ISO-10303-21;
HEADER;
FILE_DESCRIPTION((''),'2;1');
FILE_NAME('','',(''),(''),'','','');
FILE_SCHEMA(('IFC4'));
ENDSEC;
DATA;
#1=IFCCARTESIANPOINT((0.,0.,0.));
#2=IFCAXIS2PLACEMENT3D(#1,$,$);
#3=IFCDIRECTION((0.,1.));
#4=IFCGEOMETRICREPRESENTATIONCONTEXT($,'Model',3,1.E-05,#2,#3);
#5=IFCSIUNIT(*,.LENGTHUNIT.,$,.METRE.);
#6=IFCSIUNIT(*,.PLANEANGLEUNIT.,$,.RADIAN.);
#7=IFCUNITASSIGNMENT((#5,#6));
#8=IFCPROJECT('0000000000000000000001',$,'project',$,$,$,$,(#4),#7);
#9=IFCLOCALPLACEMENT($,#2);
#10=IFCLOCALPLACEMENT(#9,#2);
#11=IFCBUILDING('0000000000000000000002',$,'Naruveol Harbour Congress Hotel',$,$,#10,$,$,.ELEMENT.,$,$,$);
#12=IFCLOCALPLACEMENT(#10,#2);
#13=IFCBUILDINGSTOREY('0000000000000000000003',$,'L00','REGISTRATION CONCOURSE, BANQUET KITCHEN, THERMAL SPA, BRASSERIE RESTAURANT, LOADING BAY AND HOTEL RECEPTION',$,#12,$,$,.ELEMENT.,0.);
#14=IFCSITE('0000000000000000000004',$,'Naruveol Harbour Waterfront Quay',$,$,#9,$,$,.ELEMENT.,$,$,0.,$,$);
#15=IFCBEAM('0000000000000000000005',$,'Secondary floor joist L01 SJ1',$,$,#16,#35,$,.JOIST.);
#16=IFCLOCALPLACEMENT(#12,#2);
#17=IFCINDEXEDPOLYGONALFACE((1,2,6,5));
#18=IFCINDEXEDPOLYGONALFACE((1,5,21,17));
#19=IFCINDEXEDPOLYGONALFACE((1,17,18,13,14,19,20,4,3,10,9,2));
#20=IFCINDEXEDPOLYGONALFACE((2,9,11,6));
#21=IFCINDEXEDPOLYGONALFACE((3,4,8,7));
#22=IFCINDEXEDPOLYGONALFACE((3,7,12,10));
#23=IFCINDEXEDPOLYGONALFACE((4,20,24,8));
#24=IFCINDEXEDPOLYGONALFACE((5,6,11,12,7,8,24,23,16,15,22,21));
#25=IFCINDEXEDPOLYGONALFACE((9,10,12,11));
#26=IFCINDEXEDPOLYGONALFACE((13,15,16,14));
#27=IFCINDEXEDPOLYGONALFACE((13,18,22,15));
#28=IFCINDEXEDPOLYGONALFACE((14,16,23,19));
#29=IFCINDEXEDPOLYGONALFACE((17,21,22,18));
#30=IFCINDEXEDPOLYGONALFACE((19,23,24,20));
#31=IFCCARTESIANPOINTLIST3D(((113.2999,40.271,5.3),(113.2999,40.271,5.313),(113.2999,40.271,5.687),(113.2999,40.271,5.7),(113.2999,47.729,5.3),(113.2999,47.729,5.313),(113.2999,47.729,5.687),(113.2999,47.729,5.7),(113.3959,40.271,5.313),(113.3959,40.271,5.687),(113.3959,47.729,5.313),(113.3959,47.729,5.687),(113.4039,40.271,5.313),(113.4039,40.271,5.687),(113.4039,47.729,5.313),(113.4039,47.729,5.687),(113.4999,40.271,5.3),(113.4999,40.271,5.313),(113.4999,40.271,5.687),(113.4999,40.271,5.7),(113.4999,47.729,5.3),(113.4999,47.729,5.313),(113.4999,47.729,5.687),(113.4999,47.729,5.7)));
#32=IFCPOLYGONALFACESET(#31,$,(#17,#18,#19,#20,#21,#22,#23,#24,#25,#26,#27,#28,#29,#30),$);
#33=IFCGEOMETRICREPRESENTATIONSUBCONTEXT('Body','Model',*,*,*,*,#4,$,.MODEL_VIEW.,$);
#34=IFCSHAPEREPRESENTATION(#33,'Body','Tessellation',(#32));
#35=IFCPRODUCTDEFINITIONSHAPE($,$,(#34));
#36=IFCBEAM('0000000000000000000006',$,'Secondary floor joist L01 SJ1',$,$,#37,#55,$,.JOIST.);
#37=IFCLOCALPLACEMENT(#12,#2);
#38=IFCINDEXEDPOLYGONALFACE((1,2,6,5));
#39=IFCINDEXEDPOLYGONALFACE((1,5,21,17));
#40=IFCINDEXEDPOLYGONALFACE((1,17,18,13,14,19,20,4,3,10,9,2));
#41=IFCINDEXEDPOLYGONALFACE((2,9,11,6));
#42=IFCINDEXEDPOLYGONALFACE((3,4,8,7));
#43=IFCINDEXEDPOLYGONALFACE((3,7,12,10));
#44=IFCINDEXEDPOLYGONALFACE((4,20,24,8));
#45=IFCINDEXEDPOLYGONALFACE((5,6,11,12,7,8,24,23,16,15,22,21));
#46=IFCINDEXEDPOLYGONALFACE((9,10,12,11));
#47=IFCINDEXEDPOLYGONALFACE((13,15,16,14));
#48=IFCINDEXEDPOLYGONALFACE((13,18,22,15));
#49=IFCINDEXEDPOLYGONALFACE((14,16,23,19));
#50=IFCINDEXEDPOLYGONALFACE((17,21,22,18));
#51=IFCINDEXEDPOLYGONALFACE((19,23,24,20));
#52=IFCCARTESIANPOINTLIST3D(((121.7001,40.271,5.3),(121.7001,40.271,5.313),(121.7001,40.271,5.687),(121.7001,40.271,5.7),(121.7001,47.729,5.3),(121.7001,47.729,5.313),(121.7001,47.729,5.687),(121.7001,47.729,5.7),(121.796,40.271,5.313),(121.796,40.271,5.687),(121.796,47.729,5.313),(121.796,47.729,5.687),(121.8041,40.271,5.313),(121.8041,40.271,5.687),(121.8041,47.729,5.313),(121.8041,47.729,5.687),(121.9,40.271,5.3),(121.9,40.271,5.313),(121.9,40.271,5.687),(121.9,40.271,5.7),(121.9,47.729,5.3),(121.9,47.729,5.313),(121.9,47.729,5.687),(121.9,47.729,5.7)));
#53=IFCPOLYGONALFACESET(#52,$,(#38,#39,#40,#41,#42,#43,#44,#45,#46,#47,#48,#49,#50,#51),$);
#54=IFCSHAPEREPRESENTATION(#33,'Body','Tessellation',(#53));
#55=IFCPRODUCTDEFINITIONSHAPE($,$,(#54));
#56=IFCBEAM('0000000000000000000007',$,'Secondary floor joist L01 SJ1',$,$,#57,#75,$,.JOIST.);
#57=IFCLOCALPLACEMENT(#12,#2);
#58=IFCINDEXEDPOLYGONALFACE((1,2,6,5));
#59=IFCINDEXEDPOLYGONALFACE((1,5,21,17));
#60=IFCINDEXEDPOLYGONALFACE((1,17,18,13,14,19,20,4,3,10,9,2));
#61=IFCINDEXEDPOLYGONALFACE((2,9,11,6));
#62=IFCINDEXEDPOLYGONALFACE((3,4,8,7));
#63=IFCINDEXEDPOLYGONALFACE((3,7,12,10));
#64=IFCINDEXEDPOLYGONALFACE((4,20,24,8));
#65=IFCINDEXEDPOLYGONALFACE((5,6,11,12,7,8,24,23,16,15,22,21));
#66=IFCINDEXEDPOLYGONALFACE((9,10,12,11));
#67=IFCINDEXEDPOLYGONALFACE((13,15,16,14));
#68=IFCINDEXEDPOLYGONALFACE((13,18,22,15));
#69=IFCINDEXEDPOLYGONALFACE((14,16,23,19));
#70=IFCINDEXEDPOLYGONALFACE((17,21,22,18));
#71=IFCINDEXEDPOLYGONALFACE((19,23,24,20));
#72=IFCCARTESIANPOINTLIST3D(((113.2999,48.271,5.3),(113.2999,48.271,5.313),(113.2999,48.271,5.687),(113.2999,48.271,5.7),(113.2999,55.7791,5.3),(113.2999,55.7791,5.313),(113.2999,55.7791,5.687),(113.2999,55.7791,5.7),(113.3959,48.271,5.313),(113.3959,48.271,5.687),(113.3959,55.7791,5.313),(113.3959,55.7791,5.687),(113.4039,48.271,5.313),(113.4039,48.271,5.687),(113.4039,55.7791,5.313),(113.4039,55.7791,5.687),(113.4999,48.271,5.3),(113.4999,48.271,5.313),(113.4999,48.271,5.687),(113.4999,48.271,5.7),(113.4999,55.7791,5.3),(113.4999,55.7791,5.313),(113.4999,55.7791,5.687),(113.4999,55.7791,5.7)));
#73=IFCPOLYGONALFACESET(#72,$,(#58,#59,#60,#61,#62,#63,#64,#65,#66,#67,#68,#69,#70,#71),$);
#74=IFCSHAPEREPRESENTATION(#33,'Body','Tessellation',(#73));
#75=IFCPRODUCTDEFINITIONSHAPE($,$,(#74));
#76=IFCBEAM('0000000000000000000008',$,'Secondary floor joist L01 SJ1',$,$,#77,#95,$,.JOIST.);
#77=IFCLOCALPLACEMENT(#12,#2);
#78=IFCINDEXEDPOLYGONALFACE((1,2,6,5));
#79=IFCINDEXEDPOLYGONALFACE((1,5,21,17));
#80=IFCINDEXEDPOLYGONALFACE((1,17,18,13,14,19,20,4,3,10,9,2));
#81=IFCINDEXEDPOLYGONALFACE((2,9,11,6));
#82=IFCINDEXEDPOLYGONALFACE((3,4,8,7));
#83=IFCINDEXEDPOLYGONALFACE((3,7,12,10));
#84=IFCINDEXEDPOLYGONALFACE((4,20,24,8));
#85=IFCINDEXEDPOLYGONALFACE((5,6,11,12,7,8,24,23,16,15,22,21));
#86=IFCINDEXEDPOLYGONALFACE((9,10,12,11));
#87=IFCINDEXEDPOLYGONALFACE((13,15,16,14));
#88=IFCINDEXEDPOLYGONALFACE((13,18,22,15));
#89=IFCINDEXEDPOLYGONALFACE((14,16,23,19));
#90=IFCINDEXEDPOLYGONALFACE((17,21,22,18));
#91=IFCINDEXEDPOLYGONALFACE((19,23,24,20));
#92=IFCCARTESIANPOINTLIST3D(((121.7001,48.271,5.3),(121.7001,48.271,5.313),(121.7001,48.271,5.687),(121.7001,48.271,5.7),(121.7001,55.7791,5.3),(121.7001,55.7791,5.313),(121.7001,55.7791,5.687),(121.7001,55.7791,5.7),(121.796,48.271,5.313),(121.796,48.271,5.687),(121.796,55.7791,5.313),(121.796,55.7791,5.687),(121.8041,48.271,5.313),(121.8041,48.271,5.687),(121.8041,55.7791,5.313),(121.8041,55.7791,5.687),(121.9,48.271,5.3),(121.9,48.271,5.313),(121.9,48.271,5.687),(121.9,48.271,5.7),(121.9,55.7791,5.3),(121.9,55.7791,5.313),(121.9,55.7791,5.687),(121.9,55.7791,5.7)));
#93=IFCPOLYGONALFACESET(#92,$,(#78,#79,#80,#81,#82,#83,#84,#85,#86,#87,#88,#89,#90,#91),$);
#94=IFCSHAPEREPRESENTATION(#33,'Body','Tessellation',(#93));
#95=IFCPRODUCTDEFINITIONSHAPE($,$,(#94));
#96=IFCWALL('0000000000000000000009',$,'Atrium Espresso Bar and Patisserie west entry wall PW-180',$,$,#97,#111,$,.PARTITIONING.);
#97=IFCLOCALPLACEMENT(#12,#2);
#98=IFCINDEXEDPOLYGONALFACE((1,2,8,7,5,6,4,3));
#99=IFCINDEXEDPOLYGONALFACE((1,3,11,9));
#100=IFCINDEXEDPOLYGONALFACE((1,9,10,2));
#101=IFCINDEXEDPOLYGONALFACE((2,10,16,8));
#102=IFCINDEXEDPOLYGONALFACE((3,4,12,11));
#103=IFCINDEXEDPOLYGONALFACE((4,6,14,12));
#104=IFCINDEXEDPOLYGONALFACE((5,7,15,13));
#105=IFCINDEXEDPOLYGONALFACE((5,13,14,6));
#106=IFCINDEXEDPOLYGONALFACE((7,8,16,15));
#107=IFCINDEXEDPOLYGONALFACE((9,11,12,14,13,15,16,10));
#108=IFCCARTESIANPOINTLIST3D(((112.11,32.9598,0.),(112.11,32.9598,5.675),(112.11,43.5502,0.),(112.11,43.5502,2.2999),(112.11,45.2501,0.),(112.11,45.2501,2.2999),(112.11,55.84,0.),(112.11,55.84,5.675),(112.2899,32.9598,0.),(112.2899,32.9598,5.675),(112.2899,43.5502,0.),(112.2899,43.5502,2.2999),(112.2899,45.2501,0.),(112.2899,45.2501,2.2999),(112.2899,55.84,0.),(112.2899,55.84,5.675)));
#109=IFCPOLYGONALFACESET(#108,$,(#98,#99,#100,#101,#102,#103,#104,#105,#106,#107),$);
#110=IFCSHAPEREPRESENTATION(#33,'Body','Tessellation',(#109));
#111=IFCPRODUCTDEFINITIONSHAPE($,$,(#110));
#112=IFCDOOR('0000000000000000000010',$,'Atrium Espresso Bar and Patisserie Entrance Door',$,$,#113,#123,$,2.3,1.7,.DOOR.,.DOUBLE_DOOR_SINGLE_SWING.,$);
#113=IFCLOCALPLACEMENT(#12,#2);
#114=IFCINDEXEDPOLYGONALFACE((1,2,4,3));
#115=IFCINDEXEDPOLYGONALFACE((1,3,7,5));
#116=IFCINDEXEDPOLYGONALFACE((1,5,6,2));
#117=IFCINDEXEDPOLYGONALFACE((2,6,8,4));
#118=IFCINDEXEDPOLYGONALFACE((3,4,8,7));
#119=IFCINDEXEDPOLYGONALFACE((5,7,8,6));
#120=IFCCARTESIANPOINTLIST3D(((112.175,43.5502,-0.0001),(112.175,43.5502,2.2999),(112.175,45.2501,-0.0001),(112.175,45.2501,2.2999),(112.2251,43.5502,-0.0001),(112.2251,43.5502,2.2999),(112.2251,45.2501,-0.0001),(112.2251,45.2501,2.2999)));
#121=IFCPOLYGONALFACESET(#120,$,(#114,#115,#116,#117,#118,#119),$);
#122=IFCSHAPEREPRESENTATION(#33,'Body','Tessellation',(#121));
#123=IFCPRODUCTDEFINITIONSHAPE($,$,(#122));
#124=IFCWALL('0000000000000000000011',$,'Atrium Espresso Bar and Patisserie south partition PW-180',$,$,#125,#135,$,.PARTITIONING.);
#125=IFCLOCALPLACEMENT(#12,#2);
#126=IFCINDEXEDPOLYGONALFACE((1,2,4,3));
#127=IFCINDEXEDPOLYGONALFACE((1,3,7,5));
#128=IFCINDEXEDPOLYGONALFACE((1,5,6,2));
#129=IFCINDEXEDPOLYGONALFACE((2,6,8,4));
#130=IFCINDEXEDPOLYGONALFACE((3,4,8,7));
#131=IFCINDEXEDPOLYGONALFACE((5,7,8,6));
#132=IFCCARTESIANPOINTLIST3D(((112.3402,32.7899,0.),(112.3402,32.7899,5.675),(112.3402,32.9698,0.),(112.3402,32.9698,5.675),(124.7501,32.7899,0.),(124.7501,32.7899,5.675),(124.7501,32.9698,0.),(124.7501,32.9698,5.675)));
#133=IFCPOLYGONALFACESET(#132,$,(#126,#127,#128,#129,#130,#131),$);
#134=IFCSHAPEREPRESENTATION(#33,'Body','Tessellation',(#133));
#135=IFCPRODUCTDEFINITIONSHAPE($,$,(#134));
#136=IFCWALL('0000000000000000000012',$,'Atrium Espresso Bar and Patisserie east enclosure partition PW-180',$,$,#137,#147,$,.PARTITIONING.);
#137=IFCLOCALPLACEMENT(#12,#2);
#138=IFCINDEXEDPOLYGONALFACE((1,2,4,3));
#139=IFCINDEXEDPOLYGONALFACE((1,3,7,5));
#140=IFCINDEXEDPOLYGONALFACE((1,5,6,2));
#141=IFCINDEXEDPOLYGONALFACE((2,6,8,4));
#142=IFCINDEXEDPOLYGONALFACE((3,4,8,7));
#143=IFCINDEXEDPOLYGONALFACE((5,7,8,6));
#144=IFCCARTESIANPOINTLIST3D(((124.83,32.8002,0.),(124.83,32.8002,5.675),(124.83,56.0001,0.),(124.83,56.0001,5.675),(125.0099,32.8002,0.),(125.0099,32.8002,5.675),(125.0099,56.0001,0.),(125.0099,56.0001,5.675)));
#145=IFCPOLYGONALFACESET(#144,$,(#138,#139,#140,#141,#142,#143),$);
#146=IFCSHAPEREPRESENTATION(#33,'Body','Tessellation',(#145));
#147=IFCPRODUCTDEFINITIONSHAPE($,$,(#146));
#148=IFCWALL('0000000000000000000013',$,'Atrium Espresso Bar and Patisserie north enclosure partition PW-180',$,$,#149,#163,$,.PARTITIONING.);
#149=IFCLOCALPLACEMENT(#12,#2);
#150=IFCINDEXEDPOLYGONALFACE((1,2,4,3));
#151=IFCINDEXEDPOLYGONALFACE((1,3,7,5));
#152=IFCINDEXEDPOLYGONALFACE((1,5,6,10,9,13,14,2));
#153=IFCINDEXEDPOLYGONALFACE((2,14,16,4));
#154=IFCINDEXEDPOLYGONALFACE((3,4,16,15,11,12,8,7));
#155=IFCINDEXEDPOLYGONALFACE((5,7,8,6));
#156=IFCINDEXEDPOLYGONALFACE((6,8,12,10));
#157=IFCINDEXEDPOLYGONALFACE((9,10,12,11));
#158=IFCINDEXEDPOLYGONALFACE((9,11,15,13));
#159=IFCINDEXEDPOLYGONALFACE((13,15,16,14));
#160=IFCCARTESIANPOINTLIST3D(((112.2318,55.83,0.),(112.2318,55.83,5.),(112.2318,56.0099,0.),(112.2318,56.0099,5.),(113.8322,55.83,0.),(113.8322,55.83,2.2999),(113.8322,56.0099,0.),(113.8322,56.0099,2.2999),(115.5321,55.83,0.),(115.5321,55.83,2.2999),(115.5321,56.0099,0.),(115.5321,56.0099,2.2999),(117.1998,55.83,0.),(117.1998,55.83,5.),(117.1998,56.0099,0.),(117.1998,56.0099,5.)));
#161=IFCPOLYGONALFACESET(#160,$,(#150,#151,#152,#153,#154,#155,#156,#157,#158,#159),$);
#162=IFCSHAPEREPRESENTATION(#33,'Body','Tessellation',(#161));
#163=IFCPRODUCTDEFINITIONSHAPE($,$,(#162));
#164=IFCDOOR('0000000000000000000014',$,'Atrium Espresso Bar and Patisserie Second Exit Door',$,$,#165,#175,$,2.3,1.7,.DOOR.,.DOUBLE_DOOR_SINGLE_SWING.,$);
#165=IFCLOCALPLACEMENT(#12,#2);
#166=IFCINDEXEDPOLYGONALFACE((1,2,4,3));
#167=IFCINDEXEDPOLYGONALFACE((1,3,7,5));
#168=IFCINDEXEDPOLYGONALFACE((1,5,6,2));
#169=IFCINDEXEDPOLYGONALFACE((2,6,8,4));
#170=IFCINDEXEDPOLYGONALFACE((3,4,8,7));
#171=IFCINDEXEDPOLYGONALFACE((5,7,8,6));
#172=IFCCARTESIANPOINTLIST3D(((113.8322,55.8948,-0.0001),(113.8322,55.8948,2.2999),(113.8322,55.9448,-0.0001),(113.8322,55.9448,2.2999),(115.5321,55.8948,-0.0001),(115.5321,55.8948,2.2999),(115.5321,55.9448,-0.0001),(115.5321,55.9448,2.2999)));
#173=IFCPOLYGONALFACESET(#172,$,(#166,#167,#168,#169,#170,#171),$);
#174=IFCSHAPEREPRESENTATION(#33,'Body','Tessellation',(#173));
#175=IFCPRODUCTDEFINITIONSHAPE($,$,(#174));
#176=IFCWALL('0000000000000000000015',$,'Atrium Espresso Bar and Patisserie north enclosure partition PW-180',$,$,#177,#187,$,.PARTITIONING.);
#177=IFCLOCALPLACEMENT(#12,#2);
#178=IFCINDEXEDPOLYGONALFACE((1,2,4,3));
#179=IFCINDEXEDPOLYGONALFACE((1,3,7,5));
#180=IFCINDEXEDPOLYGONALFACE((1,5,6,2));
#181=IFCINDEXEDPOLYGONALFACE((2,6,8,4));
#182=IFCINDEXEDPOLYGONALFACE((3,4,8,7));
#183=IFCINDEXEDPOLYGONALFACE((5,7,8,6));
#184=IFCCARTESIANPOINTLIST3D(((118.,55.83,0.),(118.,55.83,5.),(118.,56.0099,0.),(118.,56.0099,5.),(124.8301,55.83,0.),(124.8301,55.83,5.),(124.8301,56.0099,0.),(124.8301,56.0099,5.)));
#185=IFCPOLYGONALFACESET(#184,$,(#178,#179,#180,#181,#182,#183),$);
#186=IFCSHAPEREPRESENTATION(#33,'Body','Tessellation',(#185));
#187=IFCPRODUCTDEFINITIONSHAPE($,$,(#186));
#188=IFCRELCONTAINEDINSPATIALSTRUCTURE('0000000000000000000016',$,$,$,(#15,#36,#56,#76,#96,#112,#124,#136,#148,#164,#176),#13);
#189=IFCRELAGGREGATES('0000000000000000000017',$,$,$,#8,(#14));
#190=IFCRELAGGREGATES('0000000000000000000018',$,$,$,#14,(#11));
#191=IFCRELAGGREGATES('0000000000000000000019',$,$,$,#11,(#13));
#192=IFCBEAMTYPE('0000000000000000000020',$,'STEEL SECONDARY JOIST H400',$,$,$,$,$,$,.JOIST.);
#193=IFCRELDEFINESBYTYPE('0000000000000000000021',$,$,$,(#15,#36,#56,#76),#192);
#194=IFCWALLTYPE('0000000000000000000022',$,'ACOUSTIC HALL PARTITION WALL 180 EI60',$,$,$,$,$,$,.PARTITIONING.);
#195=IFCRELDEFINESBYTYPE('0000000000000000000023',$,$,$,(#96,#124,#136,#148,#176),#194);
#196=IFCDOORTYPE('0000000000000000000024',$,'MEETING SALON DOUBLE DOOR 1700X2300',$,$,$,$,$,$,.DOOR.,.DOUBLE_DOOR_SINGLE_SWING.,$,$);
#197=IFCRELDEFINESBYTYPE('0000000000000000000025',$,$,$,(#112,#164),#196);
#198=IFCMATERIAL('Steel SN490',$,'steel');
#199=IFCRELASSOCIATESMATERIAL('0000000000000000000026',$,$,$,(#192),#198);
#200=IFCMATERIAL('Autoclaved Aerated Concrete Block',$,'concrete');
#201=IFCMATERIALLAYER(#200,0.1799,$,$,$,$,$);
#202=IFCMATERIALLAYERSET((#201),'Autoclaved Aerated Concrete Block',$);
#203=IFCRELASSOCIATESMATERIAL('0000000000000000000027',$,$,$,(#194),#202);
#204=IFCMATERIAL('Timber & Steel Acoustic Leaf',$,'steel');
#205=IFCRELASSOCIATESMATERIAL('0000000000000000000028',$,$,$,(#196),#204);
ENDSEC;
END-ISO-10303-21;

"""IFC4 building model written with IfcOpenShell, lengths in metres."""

from ifc_helpers import new_model, si_unit, direction, frame, frame_2d, origin, origin_2d, place, context, subcontext, project, spatial, rectangle, i_section, extrude, material, layer, layer_set, material_profile, profile_set, type_object, element, fill, save


model = new_model("IFC4")

# Units and contexts
model_context = context("Model", 3, precision=1e-05, world=origin(), true_north=direction((0.0, 1.0)))
body_context = subcontext(model_context, "Body", "Model", "MODEL_VIEW")
ifc_project = project(units=[si_unit("LENGTHUNIT", "METRE"), si_unit("PLANEANGLEUNIT", "RADIAN")], contexts=[model_context])

# Site, building, storey
site_placement = place(None, origin())
site = spatial("IfcSite", under=ifc_project, at=site_placement, Name="Naruveol Harbour Waterfront Quay", CompositionType="ELEMENT", RefElevation=0.0)
building_placement = place(site_placement, origin())
building = spatial("IfcBuilding", under=site, at=building_placement, Name="Naruveol Harbour Congress Hotel", CompositionType="ELEMENT")
storey_placement = place(building_placement, origin())
storey = spatial("IfcBuildingStorey", under=building, at=storey_placement, Name="L00", Description="REGISTRATION CONCOURSE, BANQUET KITCHEN, THERMAL SPA, BRASSERIE RESTAURANT, LOADING BAY AND HOTEL RECEPTION", CompositionType="ELEMENT", Elevation=0.0)

# Beams
ifc_material_1 = material(Name="Steel SN490", Category="steel")
ifc_material_profile_1 = material_profile(ifc_material_1, i_section(OverallWidth=0.2, OverallDepth=0.3999, WebThickness=0.0081, FlangeThickness=0.0129, at=origin_2d()), Name="H-400x200x8x13")
ifc_profile_set_1 = profile_set([ifc_material_profile_1], Name="Steel SN490")
beam_type_1 = type_object("IfcBeamType", Name="STEEL SECONDARY JOIST H400", PredefinedType="JOIST", material=ifc_profile_set_1)
for number, where, z_axis, x_axis, name in (
    (1, (113.3999, 40.271, 5.5), (0.0, 1.0, 0.0), (-1.0, 0.0, 0.0), "Secondary floor joist L01 SJ1"),
    (2, (121.8, 40.271, 5.5), (0.0, 1.0, 0.0), (-1.0, 0.0, 0.0), "Secondary floor joist L01 SJ1"),
):
    element("IfcBeam", number, at=place(storey_placement, frame(where, z_axis=z_axis, x_axis=x_axis)), inside=storey, type_object=beam_type_1, Name=name, PredefinedType="JOIST", context=body_context, shape_type="SweptSolid", body=[
        extrude(i_section(OverallWidth=0.2, OverallDepth=0.3999, WebThickness=0.0081, FlangeThickness=0.0129, at=origin_2d()), origin(), (0.0, 0.0, 1.0), 7.458),
    ])
for number, where, z_axis, x_axis, name in (
    (3, (113.3999, 48.271, 5.5), (0.0, 1.0, 0.0), (-1.0, 0.0, 0.0), "Secondary floor joist L01 SJ1"),
    (4, (121.8, 48.271, 5.5), (0.0, 1.0, 0.0), (-1.0, 0.0, 0.0), "Secondary floor joist L01 SJ1"),
):
    element("IfcBeam", number, at=place(storey_placement, frame(where, z_axis=z_axis, x_axis=x_axis)), inside=storey, type_object=beam_type_1, Name=name, PredefinedType="JOIST", context=body_context, shape_type="SweptSolid", body=[
        extrude(i_section(OverallWidth=0.2, OverallDepth=0.3999, WebThickness=0.0081, FlangeThickness=0.0129, at=origin_2d()), origin(), (0.0, 0.0, 1.0), 7.5081),
    ])

# Wall, opening, door
ifc_material_2 = material(Name="Autoclaved Aerated Concrete Block", Category="concrete")
ifc_layer_1 = layer(ifc_material_2, 0.1799)
ifc_layer_set_1 = layer_set([ifc_layer_1], Name="Autoclaved Aerated Concrete Block")
wall_type_1 = type_object("IfcWallType", Name="ACOUSTIC HALL PARTITION WALL 180 EI60", PredefinedType="PARTITIONING", material=ifc_layer_set_1)
wall_1_placement = place(storey_placement, frame((112.2, 32.96, 0.0), z_axis=(0.0, 0.0, 1.0), x_axis=(0.0, 1.0, 0.0)))
wall_1 = element("IfcWall", 5, at=wall_1_placement, inside=storey, type_object=wall_type_1, Name="Atrium Espresso Bar and Patisserie west entry wall PW-180", PredefinedType="PARTITIONING", context=body_context, shape_type="SweptSolid", body=[
    extrude(rectangle(XDim=22.8801, YDim=0.1799, at=frame_2d((11.4399, 0.0))), origin(), (0.0, 0.0, 1.0), 5.675),
])
opening_1_placement = place(wall_1_placement, frame((10.5901, 0.0, 0.0)))
opening_1 = element("IfcOpeningElement", 6, at=opening_1_placement, cuts=wall_1, PredefinedType="OPENING", context=body_context, shape_type="SweptSolid", body=[
    extrude(rectangle(XDim=1.7, YDim=2.3, at=frame_2d((0.8501, 1.1499))), frame((0.0, 0.0999, 0.0), z_axis=(0.0, -1.0, 0.0), x_axis=(1.0, 0.0, 0.0)), (0.0, 0.0, 1.0), 0.2),
])
ifc_material_3 = material(Name="Timber & Steel Acoustic Leaf", Category="steel")
door_type_1 = type_object("IfcDoorType", Name="MEETING SALON DOUBLE DOOR 1700X2300", OperationType="DOUBLE_DOOR_SINGLE_SWING", PredefinedType="DOOR", material=ifc_material_3)
door_1_placement = place(opening_1_placement, origin())
door_1 = element("IfcDoor", 7, at=door_1_placement, inside=storey, type_object=door_type_1, Name="Atrium Espresso Bar and Patisserie Entrance Door", OperationType="DOUBLE_DOOR_SINGLE_SWING", OverallHeight=2.3, OverallWidth=1.7, PredefinedType="DOOR", context=body_context, shape_type="SweptSolid", body=[
    extrude(rectangle(XDim=1.7, YDim=2.3, at=frame_2d((0.8501, 1.1499))), frame((0.0, 0.0249, 0.0), z_axis=(0.0, -1.0, 0.0), x_axis=(1.0, 0.0, 0.0)), (0.0, 0.0, 1.0), 0.05),
])
fill(opening_1, door_1)

# Walls
wall_2_placement = place(storey_placement, frame((112.3401, 32.8799, 0.0), z_axis=(0.0, 0.0, 1.0), x_axis=(1.0, 0.0, 0.0)))
element("IfcWall", 8, at=wall_2_placement, inside=storey, type_object=wall_type_1, Name="Atrium Espresso Bar and Patisserie south partition PW-180", PredefinedType="PARTITIONING", context=body_context, shape_type="SweptSolid", body=[
    extrude(rectangle(XDim=12.4099, YDim=0.1799, at=frame_2d((6.2051, 0.0))), origin(), (0.0, 0.0, 1.0), 5.675),
])
wall_3_placement = place(storey_placement, frame((124.9199, 32.8, 0.0), z_axis=(0.0, 0.0, 1.0), x_axis=(0.0, 1.0, 0.0)))
element("IfcWall", 9, at=wall_3_placement, inside=storey, type_object=wall_type_1, Name="Atrium Espresso Bar and Patisserie east enclosure partition PW-180", PredefinedType="PARTITIONING", context=body_context, shape_type="SweptSolid", body=[
    extrude(rectangle(XDim=23.2, YDim=0.1799, at=frame_2d((11.6001, 0.0))), origin(), (0.0, 0.0, 1.0), 5.675),
])

# Wall, opening, door
wall_4_placement = place(storey_placement, frame((112.2319, 55.9199, 0.0), z_axis=(0.0, 0.0, 1.0), x_axis=(1.0, 0.0, 0.0)))
wall_4 = element("IfcWall", 10, at=wall_4_placement, inside=storey, type_object=wall_type_1, Name="Atrium Espresso Bar and Patisserie north enclosure partition PW-180", PredefinedType="PARTITIONING", context=body_context, shape_type="SweptSolid", body=[
    extrude(rectangle(XDim=4.968, YDim=0.1799, at=frame_2d((2.4839, 0.0))), origin(), (0.0, 0.0, 1.0), 5.0),
])
opening_2_placement = place(wall_4_placement, frame((1.6001, 0.0, 0.0)))
opening_2 = element("IfcOpeningElement", 11, at=opening_2_placement, cuts=wall_4, PredefinedType="OPENING", context=body_context, shape_type="SweptSolid", body=[
    extrude(rectangle(XDim=1.7, YDim=2.3, at=frame_2d((0.8501, 1.1499))), frame((0.0, 0.0999, 0.0), z_axis=(0.0, -1.0, 0.0), x_axis=(1.0, 0.0, 0.0)), (0.0, 0.0, 1.0), 0.2),
])
door_2_placement = place(opening_2_placement, origin())
door_2 = element("IfcDoor", 12, at=door_2_placement, inside=storey, type_object=door_type_1, Name="Atrium Espresso Bar and Patisserie Second Exit Door", OperationType="DOUBLE_DOOR_SINGLE_SWING", OverallHeight=2.3, OverallWidth=1.7, PredefinedType="DOOR", context=body_context, shape_type="SweptSolid", body=[
    extrude(rectangle(XDim=1.7, YDim=2.3, at=frame_2d((0.8501, 1.1499))), frame((0.0, 0.0249, 0.0), z_axis=(0.0, -1.0, 0.0), x_axis=(1.0, 0.0, 0.0)), (0.0, 0.0, 1.0), 0.05),
])
fill(opening_2, door_2)

# Wall
wall_5_placement = place(storey_placement, frame((118.0, 55.9199, 0.0), z_axis=(0.0, 0.0, 1.0), x_axis=(1.0, 0.0, 0.0)))
element("IfcWall", 13, at=wall_5_placement, inside=storey, type_object=wall_type_1, Name="Atrium Espresso Bar and Patisserie north enclosure partition PW-180", PredefinedType="PARTITIONING", context=body_context, shape_type="SweptSolid", body=[
    extrude(rectangle(XDim=6.8301, YDim=0.1799, at=frame_2d((3.415, 0.0))), origin(), (0.0, 0.0, 1.0), 5.0),
])

save(model, "model.ifc")
